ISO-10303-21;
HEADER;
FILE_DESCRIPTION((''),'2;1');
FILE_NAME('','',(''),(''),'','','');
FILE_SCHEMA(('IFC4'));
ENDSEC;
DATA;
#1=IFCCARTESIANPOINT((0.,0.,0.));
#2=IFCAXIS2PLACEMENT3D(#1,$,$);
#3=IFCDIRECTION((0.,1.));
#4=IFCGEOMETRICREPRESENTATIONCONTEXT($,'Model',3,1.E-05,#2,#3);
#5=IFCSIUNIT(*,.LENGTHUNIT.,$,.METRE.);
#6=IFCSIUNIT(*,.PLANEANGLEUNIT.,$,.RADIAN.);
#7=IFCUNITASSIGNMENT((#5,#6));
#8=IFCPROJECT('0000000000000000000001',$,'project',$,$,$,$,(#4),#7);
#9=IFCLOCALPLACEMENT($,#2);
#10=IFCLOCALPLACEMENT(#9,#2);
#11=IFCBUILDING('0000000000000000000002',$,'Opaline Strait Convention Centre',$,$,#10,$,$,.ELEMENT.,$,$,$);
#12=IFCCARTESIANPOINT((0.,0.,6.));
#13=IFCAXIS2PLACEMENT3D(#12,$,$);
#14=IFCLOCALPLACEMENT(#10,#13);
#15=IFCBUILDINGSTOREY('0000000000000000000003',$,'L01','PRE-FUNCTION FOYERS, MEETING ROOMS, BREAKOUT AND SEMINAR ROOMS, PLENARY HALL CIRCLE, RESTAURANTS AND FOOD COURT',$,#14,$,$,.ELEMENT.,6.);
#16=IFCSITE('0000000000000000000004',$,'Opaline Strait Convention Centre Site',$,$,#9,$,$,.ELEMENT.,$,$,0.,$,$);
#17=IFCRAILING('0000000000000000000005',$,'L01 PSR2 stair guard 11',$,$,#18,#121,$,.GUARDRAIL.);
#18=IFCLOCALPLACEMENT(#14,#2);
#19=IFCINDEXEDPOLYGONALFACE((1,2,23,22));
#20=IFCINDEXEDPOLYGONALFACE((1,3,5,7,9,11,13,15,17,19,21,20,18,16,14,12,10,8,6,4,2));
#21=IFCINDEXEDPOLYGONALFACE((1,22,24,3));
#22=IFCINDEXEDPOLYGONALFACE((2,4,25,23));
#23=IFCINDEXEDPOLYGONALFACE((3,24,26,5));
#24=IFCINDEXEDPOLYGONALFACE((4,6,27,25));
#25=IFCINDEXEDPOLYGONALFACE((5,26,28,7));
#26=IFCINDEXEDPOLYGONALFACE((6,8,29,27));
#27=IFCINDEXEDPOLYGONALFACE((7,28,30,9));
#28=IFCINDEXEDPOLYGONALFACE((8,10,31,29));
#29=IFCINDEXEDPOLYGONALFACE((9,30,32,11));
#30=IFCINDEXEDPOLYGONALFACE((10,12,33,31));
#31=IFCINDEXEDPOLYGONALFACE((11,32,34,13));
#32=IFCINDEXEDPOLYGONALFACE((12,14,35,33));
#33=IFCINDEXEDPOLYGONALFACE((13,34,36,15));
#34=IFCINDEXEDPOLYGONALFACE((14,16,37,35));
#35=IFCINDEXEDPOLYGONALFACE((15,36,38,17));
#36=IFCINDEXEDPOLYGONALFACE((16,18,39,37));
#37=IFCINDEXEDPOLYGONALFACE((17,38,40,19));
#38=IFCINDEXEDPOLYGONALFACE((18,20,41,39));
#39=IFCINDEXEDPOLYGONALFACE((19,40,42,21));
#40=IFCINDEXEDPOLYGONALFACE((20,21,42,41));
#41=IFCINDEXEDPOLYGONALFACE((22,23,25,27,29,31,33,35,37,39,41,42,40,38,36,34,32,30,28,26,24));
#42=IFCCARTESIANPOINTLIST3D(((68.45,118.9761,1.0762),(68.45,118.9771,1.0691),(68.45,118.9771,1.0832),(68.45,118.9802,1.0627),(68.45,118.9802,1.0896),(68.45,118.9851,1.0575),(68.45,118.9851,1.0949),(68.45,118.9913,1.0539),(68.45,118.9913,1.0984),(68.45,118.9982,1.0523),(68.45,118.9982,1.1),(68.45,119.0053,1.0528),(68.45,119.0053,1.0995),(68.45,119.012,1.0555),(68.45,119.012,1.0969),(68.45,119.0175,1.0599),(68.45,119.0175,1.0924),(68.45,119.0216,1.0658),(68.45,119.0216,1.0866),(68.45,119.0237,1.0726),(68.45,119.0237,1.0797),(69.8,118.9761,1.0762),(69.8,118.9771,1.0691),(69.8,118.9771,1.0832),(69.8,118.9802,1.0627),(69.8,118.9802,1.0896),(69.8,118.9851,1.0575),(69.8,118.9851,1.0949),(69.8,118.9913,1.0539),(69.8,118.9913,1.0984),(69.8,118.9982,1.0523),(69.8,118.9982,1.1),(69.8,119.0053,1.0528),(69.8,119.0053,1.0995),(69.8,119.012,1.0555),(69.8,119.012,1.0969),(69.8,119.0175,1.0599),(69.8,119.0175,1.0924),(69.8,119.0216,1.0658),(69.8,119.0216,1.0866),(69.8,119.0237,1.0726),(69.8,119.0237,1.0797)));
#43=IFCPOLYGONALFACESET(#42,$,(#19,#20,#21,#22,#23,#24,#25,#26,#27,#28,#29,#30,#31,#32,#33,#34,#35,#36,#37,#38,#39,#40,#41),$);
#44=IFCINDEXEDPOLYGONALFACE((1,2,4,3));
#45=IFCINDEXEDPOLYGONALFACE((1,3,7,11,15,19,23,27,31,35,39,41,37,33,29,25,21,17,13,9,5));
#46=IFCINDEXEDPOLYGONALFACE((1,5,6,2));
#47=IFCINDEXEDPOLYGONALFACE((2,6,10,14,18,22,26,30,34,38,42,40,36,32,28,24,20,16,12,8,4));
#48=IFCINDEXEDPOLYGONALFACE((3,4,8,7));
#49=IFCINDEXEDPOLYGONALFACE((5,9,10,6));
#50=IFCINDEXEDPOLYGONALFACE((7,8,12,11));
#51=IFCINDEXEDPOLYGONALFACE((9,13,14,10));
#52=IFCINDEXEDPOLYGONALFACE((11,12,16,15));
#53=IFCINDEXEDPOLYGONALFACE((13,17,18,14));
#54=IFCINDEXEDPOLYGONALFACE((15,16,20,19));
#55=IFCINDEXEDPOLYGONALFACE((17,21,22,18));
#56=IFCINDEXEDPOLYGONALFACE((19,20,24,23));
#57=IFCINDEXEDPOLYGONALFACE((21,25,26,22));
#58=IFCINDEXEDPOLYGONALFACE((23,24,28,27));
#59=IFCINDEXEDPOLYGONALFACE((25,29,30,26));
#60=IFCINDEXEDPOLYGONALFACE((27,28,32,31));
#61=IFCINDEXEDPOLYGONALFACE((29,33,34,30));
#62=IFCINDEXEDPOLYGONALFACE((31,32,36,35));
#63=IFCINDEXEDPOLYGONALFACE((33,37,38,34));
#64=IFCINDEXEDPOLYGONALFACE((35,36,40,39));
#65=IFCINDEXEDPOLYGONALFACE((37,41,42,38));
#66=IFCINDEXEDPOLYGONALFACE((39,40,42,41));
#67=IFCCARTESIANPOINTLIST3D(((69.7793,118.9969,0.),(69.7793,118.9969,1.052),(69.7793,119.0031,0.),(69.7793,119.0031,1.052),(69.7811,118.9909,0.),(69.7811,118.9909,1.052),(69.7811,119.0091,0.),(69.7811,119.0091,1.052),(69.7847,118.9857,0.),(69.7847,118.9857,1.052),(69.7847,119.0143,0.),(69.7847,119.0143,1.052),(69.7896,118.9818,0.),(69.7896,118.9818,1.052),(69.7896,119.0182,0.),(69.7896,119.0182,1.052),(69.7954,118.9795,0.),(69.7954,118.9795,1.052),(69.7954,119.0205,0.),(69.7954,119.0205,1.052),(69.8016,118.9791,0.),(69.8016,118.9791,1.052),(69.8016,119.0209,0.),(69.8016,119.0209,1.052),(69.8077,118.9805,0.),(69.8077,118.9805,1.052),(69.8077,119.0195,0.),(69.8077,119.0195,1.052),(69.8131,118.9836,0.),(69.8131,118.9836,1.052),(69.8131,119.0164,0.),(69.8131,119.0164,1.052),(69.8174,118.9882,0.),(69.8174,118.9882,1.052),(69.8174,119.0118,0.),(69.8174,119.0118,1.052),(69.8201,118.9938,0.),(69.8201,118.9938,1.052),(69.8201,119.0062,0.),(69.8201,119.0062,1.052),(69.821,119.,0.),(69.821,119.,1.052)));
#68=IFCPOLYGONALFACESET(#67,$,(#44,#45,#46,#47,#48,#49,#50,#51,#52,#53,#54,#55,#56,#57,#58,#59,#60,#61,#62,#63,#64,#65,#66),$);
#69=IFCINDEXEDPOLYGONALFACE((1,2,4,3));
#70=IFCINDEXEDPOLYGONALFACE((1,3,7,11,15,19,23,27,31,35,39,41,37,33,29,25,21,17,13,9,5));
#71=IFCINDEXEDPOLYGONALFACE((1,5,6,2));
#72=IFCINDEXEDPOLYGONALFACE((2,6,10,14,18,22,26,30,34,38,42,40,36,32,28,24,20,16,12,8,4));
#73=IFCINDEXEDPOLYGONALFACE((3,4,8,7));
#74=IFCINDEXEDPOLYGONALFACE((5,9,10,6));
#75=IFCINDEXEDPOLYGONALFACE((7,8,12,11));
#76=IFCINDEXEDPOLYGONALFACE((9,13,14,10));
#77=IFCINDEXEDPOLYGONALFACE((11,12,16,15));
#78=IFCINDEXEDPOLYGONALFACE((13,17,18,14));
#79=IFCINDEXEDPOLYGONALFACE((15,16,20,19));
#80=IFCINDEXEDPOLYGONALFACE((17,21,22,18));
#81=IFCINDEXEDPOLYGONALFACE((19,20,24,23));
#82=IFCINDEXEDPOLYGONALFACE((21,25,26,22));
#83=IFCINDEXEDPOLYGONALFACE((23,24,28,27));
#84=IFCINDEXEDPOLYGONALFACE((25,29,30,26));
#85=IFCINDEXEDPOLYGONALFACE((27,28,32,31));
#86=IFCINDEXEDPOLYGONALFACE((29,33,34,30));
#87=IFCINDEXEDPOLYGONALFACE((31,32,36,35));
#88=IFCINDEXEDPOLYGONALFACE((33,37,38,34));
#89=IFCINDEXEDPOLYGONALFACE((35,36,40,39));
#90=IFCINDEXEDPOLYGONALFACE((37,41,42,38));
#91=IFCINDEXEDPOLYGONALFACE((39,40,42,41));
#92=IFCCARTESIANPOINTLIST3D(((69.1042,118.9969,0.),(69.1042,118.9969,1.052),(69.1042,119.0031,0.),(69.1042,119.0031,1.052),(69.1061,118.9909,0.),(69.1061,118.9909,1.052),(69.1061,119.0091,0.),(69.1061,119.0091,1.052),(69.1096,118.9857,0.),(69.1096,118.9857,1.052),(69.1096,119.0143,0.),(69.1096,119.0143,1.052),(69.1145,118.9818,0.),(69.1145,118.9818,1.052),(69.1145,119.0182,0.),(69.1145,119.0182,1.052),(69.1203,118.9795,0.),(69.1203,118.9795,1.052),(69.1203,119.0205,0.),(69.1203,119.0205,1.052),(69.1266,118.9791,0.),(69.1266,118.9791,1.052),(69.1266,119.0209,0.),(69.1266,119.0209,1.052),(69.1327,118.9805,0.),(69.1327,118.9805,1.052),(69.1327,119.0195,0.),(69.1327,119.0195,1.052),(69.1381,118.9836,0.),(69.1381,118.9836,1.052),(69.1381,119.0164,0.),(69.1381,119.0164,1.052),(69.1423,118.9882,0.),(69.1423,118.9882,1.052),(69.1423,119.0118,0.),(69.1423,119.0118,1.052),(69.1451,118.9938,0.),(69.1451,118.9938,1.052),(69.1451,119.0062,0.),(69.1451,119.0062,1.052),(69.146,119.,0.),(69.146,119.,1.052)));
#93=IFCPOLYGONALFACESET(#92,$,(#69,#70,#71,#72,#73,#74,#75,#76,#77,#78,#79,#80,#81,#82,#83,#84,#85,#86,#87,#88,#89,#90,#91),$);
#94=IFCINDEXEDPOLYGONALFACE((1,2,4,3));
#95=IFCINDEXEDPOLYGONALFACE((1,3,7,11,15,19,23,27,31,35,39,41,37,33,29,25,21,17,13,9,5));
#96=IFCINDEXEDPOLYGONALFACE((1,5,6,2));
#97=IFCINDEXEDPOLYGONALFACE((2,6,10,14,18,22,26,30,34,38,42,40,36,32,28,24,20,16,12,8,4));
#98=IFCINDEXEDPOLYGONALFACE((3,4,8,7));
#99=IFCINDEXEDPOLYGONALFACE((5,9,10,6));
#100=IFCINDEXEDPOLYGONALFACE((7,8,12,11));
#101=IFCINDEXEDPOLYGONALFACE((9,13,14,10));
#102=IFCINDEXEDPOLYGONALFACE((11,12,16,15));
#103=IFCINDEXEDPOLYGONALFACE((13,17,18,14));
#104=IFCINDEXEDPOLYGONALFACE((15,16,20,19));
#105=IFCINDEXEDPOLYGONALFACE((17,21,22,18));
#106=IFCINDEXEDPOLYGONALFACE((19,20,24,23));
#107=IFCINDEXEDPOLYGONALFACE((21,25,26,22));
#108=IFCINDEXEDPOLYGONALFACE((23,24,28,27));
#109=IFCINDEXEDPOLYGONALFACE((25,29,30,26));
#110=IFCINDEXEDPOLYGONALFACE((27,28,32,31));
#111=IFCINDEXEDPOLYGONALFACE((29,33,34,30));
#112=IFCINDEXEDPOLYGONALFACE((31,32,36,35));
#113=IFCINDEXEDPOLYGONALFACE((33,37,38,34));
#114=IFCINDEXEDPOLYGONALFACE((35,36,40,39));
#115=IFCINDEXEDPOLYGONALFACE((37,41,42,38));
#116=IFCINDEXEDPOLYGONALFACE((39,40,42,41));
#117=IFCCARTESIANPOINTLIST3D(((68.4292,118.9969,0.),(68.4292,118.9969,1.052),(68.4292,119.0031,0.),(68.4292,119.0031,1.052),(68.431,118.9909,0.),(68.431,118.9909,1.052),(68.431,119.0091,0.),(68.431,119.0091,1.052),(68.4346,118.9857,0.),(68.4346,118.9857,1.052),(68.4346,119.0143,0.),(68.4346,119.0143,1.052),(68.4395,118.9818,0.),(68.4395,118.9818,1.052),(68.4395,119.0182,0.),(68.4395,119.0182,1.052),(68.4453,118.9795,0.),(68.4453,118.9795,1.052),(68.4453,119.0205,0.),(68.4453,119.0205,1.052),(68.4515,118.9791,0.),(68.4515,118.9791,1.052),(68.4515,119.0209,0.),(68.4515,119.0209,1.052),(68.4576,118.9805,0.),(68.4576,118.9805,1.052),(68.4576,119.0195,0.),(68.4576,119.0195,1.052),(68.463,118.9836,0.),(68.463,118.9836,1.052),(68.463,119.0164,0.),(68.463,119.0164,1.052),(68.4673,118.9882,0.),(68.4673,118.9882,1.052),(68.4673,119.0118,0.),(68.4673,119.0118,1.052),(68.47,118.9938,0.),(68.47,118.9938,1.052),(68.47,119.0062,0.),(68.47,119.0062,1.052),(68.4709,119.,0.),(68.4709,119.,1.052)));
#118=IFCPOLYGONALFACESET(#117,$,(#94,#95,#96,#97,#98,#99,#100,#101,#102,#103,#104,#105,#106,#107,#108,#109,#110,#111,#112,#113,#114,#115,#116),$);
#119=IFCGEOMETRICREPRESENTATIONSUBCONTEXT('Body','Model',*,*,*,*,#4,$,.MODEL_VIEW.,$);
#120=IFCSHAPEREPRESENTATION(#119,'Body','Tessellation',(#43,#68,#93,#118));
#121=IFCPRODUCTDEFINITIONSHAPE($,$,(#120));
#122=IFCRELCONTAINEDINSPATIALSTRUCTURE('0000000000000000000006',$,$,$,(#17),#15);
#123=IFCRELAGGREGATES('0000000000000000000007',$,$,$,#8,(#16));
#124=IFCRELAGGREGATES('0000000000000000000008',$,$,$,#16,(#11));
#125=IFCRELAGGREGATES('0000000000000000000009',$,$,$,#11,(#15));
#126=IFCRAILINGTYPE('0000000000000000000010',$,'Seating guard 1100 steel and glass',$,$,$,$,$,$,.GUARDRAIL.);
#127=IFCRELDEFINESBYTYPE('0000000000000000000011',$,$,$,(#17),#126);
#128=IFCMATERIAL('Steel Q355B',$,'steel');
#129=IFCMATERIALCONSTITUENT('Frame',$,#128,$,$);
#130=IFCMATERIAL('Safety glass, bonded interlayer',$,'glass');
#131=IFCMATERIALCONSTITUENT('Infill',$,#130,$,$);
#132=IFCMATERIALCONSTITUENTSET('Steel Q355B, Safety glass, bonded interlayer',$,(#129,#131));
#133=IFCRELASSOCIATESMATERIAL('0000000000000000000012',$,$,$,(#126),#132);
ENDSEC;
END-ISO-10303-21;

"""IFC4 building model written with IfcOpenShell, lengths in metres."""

from ifc_helpers import new_model, si_unit, direction, frame, origin, origin_2d, place, context, subcontext, project, spatial, circle, extrude, material, constituent, constituent_set, type_object, element, save


model = new_model("IFC4")

# Units and contexts
model_context = context("Model", 3, precision=1e-05, world=origin(), true_north=direction((0.0, 1.0)))
body_context = subcontext(model_context, "Body", "Model", "MODEL_VIEW")
ifc_project = project(units=[si_unit("LENGTHUNIT", "METRE"), si_unit("PLANEANGLEUNIT", "RADIAN")], contexts=[model_context])

# Site, building, storey
site_placement = place(None, origin())
site = spatial("IfcSite", under=ifc_project, at=site_placement, Name="Opaline Strait Convention Centre Site", CompositionType="ELEMENT", RefElevation=0.0)
building_placement = place(site_placement, origin())
building = spatial("IfcBuilding", under=site, at=building_placement, Name="Opaline Strait Convention Centre", CompositionType="ELEMENT")
storey_placement = place(building_placement, frame((0.0, 0.0, 6.0)))
storey = spatial("IfcBuildingStorey", under=building, at=storey_placement, Name="L01", Description="PRE-FUNCTION FOYERS, MEETING ROOMS, BREAKOUT AND SEMINAR ROOMS, PLENARY HALL CIRCLE, RESTAURANTS AND FOOD COURT", CompositionType="ELEMENT", Elevation=6.0)

# Railing
ifc_material_1 = material(Name="Steel Q355B", Category="steel")
ifc_constituent_1 = constituent(ifc_material_1, Name="Frame")
ifc_material_2 = material(Name="Safety glass, bonded interlayer", Category="glass")
ifc_constituent_2 = constituent(ifc_material_2, Name="Infill")
ifc_constituent_set_1 = constituent_set(constituents=[ifc_constituent_1, ifc_constituent_2], Name="Steel Q355B, Safety glass, bonded interlayer")
railing_type_1 = type_object("IfcRailingType", Name="Seating guard 1100 steel and glass", PredefinedType="GUARDRAIL", material=ifc_constituent_set_1)
railing_1_placement = place(storey_placement, frame((69.8, 119.0, 0.0)))
element("IfcRailing", 1, at=railing_1_placement, inside=storey, type_object=railing_type_1, Name="L01 PSR2 stair guard 11", PredefinedType="GUARDRAIL", context=body_context, shape_type="SweptSolid", body=[
    extrude(circle(Radius=0.0239, at=origin_2d()), frame((0.0, 0.0, 1.0762), z_axis=(-1.0, 0.0, 0.0), x_axis=(0.0, -1.0, 0.0)), (0.0, 0.0, 1.0), 1.3501),
    extrude(circle(Radius=0.021, at=origin_2d()), origin(), (0.0, 0.0, 1.0), 1.052),
    extrude(circle(Radius=0.021, at=origin_2d()), frame((-0.675, 0.0, 0.0)), (0.0, 0.0, 1.0), 1.052),
    extrude(circle(Radius=0.021, at=origin_2d()), frame((-1.3501, 0.0, 0.0)), (0.0, 0.0, 1.0), 1.052),
])

save(model, "model.ifc")
